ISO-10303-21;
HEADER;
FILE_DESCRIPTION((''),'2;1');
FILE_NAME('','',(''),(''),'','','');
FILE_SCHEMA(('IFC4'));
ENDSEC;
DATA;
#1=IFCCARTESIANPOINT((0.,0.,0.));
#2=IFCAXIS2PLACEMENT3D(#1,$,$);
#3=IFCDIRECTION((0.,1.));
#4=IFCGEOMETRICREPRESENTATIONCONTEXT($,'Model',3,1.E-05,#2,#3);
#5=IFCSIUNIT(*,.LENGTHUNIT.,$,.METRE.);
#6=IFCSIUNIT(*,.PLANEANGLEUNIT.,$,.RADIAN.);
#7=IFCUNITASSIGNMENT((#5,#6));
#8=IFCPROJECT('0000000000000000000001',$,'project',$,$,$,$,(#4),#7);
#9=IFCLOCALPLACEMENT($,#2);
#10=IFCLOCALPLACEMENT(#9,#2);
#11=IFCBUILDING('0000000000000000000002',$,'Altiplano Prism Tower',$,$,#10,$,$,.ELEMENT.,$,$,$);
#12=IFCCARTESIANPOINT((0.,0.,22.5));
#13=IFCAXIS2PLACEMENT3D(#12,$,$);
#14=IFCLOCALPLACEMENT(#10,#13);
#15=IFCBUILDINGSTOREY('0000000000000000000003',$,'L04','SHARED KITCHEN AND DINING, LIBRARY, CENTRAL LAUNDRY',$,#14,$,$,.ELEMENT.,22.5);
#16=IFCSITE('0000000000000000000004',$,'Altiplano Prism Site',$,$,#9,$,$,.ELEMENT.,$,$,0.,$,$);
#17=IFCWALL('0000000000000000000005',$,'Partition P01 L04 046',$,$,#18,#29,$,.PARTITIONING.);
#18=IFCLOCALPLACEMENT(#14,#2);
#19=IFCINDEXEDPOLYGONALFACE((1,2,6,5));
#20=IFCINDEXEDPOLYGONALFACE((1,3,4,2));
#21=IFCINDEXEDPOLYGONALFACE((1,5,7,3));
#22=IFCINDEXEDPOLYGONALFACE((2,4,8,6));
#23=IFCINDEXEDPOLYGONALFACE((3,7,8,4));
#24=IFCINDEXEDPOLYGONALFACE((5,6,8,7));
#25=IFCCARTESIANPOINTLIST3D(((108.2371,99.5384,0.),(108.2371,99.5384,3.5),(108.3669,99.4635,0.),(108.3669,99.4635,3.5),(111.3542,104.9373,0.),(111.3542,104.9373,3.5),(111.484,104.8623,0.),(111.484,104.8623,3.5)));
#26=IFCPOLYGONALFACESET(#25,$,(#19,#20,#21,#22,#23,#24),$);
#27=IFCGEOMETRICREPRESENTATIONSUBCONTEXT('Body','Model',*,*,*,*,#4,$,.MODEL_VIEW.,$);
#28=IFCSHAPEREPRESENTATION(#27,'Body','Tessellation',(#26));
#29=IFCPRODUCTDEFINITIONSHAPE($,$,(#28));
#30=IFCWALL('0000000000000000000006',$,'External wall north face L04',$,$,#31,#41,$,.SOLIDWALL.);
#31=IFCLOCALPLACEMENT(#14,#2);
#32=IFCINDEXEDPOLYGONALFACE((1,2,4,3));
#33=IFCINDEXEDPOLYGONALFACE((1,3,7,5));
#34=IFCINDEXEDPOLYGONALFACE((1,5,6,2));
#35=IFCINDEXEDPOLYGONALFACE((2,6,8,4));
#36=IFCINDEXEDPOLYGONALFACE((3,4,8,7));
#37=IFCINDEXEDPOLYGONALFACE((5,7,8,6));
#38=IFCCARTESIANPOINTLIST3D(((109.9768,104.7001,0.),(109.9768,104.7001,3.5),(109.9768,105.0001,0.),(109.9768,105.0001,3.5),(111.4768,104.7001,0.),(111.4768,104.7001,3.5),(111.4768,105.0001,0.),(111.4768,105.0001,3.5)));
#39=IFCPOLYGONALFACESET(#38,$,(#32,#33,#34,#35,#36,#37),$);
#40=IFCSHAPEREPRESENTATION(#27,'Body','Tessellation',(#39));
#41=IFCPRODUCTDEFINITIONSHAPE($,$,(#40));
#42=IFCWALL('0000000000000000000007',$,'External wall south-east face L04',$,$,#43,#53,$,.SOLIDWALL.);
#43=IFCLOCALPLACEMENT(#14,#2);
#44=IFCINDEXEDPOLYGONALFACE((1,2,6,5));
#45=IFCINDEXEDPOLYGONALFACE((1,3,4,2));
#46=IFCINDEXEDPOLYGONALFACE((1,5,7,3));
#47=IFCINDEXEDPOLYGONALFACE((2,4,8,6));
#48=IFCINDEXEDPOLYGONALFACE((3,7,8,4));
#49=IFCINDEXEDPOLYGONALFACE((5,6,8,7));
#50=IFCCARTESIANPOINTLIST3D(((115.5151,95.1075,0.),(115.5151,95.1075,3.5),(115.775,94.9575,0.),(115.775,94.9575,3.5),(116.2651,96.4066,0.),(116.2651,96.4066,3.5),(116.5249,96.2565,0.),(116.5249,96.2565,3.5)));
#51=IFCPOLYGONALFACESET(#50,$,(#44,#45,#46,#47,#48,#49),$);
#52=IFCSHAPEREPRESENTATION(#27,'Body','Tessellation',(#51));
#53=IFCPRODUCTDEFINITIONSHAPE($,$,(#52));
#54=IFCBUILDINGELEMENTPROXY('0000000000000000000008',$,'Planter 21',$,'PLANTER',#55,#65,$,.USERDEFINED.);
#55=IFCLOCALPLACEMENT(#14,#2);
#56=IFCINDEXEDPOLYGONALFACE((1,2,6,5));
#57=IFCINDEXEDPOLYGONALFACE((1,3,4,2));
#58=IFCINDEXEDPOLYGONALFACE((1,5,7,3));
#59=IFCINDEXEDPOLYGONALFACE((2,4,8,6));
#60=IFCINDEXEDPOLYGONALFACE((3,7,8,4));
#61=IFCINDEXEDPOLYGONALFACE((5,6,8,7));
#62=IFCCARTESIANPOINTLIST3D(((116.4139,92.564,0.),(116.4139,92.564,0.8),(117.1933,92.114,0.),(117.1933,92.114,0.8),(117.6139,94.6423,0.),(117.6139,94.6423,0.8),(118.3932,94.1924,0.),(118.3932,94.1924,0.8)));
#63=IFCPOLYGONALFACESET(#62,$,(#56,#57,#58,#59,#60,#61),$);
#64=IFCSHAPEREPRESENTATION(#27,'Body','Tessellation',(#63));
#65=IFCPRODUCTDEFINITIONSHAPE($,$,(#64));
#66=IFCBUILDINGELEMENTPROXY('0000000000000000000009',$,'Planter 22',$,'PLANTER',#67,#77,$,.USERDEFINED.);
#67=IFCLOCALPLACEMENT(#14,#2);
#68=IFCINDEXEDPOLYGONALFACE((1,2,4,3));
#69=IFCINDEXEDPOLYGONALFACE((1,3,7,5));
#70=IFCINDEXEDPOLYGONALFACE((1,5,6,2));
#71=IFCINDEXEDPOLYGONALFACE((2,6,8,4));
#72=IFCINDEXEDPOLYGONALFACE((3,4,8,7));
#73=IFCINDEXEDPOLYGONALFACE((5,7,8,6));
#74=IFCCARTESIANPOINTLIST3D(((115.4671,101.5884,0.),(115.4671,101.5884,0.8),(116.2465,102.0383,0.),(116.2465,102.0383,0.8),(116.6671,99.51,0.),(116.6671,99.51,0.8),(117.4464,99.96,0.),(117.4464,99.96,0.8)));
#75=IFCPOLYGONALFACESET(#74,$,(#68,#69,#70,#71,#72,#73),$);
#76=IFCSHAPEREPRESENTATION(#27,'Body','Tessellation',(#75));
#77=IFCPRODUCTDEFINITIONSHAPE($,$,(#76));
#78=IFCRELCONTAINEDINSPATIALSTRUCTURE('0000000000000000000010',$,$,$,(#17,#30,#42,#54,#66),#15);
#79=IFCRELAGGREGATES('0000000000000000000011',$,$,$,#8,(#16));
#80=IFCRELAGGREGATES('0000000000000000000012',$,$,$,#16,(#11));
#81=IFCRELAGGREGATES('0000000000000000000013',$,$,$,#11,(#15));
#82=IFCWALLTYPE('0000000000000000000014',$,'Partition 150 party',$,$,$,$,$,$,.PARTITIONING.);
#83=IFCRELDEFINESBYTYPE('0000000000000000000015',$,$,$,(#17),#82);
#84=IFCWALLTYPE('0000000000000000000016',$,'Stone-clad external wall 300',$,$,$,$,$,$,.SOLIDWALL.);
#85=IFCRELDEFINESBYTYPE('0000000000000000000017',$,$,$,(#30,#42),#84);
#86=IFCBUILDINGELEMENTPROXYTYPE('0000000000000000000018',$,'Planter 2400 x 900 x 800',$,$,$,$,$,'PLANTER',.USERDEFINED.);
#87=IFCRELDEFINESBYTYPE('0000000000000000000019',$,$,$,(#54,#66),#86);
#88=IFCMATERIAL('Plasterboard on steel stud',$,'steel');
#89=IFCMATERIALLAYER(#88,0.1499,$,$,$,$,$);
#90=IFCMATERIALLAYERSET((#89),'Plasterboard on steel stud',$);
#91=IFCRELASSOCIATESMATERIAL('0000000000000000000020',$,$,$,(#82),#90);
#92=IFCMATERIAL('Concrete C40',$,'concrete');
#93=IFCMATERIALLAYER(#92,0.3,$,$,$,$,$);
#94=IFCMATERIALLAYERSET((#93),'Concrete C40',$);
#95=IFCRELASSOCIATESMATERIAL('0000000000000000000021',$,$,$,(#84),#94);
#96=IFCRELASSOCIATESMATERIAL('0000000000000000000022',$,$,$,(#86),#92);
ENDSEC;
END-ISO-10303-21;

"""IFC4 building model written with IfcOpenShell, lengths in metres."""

from ifc_helpers import new_model, si_unit, direction, frame, frame_2d, origin, origin_2d, place, context, subcontext, project, spatial, rectangle, extrude, material, layer, layer_set, type_object, element, save


model = new_model("IFC4")

# Units and contexts
model_context = context("Model", 3, precision=1e-05, world=origin(), true_north=direction((0.0, 1.0)))
body_context = subcontext(model_context, "Body", "Model", "MODEL_VIEW")
ifc_project = project(units=[si_unit("LENGTHUNIT", "METRE"), si_unit("PLANEANGLEUNIT", "RADIAN")], contexts=[model_context])

# Site, building, storey
site_placement = place(None, origin())
site = spatial("IfcSite", under=ifc_project, at=site_placement, Name="Altiplano Prism Site", CompositionType="ELEMENT", RefElevation=0.0)
building_placement = place(site_placement, origin())
building = spatial("IfcBuilding", under=site, at=building_placement, Name="Altiplano Prism Tower", CompositionType="ELEMENT")
storey_placement = place(building_placement, frame((0.0, 0.0, 22.5)))
storey = spatial("IfcBuildingStorey", under=building, at=storey_placement, Name="L04", Description="SHARED KITCHEN AND DINING, LIBRARY, CENTRAL LAUNDRY", CompositionType="ELEMENT", Elevation=22.5)

# Shared definitions
ifc_material_1 = material(Name="Plasterboard on steel stud", Category="steel")

# Walls
ifc_layer_1 = layer(ifc_material_1, 0.1499)
ifc_layer_set_1 = layer_set([ifc_layer_1], Name="Plasterboard on steel stud")
wall_type_1 = type_object("IfcWallType", Name="Partition 150 party", PredefinedType="PARTITIONING", material=ifc_layer_set_1)
wall_1_placement = place(storey_placement, frame((111.4192, 104.8999, 0.0), z_axis=(0.0, 0.0, 1.0), x_axis=(-0.500014, -0.866017, 0.0)))
element("IfcWall", 1, at=wall_1_placement, inside=storey, type_object=wall_type_1, Name="Partition P01 L04 046", PredefinedType="PARTITIONING", context=body_context, shape_type="SweptSolid", body=[
    extrude(rectangle(XDim=6.2341, YDim=0.1499, at=frame_2d((3.1172, 0.0))), origin(), (0.0, 0.0, 1.0), 3.5),
])
ifc_material_2 = material(Name="Concrete C40", Category="concrete")
ifc_layer_2 = layer(ifc_material_2, 0.3)
ifc_layer_set_2 = layer_set([ifc_layer_2], Name="Concrete C40")
wall_type_2 = type_object("IfcWallType", Name="Stone-clad external wall 300", PredefinedType="SOLIDWALL", material=ifc_layer_set_2)
for number, where, z_axis, x_axis, name in (
    (2, (109.9768, 104.8501, 0.0), (0.0, 0.0, 1.0), (1.0, 0.0, 0.0), "External wall north face L04"),
    (3, (116.395, 96.3315, 0.0), (0.0, 0.0, 1.0), (-0.49999, -0.866031, 0.0), "External wall south-east face L04"),
):
    element("IfcWall", number, at=place(storey_placement, frame(where, z_axis=z_axis, x_axis=x_axis)), inside=storey, type_object=wall_type_2, Name=name, PredefinedType="SOLIDWALL", context=body_context, shape_type="SweptSolid", body=[
        extrude(rectangle(XDim=1.5, YDim=0.3, at=frame_2d((0.75, 0.0))), origin(), (0.0, 0.0, 1.0), 3.5),
    ])

# Building element proxies
building_element_proxy_type = type_object("IfcBuildingElementProxyType", Name="Planter 2400 x 900 x 800", ElementType="PLANTER", PredefinedType="USERDEFINED", material=ifc_material_2)
for number, where, z_axis, x_axis, name in (
    (4, (117.4036, 93.3782, 0.0), (0.0, 0.0, 1.0), (0.5, 0.866025, 0.0), "Planter 21"),
    (5, (116.4568, 100.7742, 0.0), (0.0, 0.0, 1.0), (-0.5, 0.866025, 0.0), "Planter 22"),
):
    element("IfcBuildingElementProxy", number, at=place(storey_placement, frame(where, z_axis=z_axis, x_axis=x_axis)), inside=storey, type_object=building_element_proxy_type, Name=name, ObjectType="PLANTER", PredefinedType="USERDEFINED", context=body_context, shape_type="SweptSolid", body=[
        extrude(rectangle(XDim=2.3999, YDim=0.8999, at=origin_2d()), origin(), (0.0, 0.0, 1.0), 0.8),
    ])

save(model, "model.ifc")
